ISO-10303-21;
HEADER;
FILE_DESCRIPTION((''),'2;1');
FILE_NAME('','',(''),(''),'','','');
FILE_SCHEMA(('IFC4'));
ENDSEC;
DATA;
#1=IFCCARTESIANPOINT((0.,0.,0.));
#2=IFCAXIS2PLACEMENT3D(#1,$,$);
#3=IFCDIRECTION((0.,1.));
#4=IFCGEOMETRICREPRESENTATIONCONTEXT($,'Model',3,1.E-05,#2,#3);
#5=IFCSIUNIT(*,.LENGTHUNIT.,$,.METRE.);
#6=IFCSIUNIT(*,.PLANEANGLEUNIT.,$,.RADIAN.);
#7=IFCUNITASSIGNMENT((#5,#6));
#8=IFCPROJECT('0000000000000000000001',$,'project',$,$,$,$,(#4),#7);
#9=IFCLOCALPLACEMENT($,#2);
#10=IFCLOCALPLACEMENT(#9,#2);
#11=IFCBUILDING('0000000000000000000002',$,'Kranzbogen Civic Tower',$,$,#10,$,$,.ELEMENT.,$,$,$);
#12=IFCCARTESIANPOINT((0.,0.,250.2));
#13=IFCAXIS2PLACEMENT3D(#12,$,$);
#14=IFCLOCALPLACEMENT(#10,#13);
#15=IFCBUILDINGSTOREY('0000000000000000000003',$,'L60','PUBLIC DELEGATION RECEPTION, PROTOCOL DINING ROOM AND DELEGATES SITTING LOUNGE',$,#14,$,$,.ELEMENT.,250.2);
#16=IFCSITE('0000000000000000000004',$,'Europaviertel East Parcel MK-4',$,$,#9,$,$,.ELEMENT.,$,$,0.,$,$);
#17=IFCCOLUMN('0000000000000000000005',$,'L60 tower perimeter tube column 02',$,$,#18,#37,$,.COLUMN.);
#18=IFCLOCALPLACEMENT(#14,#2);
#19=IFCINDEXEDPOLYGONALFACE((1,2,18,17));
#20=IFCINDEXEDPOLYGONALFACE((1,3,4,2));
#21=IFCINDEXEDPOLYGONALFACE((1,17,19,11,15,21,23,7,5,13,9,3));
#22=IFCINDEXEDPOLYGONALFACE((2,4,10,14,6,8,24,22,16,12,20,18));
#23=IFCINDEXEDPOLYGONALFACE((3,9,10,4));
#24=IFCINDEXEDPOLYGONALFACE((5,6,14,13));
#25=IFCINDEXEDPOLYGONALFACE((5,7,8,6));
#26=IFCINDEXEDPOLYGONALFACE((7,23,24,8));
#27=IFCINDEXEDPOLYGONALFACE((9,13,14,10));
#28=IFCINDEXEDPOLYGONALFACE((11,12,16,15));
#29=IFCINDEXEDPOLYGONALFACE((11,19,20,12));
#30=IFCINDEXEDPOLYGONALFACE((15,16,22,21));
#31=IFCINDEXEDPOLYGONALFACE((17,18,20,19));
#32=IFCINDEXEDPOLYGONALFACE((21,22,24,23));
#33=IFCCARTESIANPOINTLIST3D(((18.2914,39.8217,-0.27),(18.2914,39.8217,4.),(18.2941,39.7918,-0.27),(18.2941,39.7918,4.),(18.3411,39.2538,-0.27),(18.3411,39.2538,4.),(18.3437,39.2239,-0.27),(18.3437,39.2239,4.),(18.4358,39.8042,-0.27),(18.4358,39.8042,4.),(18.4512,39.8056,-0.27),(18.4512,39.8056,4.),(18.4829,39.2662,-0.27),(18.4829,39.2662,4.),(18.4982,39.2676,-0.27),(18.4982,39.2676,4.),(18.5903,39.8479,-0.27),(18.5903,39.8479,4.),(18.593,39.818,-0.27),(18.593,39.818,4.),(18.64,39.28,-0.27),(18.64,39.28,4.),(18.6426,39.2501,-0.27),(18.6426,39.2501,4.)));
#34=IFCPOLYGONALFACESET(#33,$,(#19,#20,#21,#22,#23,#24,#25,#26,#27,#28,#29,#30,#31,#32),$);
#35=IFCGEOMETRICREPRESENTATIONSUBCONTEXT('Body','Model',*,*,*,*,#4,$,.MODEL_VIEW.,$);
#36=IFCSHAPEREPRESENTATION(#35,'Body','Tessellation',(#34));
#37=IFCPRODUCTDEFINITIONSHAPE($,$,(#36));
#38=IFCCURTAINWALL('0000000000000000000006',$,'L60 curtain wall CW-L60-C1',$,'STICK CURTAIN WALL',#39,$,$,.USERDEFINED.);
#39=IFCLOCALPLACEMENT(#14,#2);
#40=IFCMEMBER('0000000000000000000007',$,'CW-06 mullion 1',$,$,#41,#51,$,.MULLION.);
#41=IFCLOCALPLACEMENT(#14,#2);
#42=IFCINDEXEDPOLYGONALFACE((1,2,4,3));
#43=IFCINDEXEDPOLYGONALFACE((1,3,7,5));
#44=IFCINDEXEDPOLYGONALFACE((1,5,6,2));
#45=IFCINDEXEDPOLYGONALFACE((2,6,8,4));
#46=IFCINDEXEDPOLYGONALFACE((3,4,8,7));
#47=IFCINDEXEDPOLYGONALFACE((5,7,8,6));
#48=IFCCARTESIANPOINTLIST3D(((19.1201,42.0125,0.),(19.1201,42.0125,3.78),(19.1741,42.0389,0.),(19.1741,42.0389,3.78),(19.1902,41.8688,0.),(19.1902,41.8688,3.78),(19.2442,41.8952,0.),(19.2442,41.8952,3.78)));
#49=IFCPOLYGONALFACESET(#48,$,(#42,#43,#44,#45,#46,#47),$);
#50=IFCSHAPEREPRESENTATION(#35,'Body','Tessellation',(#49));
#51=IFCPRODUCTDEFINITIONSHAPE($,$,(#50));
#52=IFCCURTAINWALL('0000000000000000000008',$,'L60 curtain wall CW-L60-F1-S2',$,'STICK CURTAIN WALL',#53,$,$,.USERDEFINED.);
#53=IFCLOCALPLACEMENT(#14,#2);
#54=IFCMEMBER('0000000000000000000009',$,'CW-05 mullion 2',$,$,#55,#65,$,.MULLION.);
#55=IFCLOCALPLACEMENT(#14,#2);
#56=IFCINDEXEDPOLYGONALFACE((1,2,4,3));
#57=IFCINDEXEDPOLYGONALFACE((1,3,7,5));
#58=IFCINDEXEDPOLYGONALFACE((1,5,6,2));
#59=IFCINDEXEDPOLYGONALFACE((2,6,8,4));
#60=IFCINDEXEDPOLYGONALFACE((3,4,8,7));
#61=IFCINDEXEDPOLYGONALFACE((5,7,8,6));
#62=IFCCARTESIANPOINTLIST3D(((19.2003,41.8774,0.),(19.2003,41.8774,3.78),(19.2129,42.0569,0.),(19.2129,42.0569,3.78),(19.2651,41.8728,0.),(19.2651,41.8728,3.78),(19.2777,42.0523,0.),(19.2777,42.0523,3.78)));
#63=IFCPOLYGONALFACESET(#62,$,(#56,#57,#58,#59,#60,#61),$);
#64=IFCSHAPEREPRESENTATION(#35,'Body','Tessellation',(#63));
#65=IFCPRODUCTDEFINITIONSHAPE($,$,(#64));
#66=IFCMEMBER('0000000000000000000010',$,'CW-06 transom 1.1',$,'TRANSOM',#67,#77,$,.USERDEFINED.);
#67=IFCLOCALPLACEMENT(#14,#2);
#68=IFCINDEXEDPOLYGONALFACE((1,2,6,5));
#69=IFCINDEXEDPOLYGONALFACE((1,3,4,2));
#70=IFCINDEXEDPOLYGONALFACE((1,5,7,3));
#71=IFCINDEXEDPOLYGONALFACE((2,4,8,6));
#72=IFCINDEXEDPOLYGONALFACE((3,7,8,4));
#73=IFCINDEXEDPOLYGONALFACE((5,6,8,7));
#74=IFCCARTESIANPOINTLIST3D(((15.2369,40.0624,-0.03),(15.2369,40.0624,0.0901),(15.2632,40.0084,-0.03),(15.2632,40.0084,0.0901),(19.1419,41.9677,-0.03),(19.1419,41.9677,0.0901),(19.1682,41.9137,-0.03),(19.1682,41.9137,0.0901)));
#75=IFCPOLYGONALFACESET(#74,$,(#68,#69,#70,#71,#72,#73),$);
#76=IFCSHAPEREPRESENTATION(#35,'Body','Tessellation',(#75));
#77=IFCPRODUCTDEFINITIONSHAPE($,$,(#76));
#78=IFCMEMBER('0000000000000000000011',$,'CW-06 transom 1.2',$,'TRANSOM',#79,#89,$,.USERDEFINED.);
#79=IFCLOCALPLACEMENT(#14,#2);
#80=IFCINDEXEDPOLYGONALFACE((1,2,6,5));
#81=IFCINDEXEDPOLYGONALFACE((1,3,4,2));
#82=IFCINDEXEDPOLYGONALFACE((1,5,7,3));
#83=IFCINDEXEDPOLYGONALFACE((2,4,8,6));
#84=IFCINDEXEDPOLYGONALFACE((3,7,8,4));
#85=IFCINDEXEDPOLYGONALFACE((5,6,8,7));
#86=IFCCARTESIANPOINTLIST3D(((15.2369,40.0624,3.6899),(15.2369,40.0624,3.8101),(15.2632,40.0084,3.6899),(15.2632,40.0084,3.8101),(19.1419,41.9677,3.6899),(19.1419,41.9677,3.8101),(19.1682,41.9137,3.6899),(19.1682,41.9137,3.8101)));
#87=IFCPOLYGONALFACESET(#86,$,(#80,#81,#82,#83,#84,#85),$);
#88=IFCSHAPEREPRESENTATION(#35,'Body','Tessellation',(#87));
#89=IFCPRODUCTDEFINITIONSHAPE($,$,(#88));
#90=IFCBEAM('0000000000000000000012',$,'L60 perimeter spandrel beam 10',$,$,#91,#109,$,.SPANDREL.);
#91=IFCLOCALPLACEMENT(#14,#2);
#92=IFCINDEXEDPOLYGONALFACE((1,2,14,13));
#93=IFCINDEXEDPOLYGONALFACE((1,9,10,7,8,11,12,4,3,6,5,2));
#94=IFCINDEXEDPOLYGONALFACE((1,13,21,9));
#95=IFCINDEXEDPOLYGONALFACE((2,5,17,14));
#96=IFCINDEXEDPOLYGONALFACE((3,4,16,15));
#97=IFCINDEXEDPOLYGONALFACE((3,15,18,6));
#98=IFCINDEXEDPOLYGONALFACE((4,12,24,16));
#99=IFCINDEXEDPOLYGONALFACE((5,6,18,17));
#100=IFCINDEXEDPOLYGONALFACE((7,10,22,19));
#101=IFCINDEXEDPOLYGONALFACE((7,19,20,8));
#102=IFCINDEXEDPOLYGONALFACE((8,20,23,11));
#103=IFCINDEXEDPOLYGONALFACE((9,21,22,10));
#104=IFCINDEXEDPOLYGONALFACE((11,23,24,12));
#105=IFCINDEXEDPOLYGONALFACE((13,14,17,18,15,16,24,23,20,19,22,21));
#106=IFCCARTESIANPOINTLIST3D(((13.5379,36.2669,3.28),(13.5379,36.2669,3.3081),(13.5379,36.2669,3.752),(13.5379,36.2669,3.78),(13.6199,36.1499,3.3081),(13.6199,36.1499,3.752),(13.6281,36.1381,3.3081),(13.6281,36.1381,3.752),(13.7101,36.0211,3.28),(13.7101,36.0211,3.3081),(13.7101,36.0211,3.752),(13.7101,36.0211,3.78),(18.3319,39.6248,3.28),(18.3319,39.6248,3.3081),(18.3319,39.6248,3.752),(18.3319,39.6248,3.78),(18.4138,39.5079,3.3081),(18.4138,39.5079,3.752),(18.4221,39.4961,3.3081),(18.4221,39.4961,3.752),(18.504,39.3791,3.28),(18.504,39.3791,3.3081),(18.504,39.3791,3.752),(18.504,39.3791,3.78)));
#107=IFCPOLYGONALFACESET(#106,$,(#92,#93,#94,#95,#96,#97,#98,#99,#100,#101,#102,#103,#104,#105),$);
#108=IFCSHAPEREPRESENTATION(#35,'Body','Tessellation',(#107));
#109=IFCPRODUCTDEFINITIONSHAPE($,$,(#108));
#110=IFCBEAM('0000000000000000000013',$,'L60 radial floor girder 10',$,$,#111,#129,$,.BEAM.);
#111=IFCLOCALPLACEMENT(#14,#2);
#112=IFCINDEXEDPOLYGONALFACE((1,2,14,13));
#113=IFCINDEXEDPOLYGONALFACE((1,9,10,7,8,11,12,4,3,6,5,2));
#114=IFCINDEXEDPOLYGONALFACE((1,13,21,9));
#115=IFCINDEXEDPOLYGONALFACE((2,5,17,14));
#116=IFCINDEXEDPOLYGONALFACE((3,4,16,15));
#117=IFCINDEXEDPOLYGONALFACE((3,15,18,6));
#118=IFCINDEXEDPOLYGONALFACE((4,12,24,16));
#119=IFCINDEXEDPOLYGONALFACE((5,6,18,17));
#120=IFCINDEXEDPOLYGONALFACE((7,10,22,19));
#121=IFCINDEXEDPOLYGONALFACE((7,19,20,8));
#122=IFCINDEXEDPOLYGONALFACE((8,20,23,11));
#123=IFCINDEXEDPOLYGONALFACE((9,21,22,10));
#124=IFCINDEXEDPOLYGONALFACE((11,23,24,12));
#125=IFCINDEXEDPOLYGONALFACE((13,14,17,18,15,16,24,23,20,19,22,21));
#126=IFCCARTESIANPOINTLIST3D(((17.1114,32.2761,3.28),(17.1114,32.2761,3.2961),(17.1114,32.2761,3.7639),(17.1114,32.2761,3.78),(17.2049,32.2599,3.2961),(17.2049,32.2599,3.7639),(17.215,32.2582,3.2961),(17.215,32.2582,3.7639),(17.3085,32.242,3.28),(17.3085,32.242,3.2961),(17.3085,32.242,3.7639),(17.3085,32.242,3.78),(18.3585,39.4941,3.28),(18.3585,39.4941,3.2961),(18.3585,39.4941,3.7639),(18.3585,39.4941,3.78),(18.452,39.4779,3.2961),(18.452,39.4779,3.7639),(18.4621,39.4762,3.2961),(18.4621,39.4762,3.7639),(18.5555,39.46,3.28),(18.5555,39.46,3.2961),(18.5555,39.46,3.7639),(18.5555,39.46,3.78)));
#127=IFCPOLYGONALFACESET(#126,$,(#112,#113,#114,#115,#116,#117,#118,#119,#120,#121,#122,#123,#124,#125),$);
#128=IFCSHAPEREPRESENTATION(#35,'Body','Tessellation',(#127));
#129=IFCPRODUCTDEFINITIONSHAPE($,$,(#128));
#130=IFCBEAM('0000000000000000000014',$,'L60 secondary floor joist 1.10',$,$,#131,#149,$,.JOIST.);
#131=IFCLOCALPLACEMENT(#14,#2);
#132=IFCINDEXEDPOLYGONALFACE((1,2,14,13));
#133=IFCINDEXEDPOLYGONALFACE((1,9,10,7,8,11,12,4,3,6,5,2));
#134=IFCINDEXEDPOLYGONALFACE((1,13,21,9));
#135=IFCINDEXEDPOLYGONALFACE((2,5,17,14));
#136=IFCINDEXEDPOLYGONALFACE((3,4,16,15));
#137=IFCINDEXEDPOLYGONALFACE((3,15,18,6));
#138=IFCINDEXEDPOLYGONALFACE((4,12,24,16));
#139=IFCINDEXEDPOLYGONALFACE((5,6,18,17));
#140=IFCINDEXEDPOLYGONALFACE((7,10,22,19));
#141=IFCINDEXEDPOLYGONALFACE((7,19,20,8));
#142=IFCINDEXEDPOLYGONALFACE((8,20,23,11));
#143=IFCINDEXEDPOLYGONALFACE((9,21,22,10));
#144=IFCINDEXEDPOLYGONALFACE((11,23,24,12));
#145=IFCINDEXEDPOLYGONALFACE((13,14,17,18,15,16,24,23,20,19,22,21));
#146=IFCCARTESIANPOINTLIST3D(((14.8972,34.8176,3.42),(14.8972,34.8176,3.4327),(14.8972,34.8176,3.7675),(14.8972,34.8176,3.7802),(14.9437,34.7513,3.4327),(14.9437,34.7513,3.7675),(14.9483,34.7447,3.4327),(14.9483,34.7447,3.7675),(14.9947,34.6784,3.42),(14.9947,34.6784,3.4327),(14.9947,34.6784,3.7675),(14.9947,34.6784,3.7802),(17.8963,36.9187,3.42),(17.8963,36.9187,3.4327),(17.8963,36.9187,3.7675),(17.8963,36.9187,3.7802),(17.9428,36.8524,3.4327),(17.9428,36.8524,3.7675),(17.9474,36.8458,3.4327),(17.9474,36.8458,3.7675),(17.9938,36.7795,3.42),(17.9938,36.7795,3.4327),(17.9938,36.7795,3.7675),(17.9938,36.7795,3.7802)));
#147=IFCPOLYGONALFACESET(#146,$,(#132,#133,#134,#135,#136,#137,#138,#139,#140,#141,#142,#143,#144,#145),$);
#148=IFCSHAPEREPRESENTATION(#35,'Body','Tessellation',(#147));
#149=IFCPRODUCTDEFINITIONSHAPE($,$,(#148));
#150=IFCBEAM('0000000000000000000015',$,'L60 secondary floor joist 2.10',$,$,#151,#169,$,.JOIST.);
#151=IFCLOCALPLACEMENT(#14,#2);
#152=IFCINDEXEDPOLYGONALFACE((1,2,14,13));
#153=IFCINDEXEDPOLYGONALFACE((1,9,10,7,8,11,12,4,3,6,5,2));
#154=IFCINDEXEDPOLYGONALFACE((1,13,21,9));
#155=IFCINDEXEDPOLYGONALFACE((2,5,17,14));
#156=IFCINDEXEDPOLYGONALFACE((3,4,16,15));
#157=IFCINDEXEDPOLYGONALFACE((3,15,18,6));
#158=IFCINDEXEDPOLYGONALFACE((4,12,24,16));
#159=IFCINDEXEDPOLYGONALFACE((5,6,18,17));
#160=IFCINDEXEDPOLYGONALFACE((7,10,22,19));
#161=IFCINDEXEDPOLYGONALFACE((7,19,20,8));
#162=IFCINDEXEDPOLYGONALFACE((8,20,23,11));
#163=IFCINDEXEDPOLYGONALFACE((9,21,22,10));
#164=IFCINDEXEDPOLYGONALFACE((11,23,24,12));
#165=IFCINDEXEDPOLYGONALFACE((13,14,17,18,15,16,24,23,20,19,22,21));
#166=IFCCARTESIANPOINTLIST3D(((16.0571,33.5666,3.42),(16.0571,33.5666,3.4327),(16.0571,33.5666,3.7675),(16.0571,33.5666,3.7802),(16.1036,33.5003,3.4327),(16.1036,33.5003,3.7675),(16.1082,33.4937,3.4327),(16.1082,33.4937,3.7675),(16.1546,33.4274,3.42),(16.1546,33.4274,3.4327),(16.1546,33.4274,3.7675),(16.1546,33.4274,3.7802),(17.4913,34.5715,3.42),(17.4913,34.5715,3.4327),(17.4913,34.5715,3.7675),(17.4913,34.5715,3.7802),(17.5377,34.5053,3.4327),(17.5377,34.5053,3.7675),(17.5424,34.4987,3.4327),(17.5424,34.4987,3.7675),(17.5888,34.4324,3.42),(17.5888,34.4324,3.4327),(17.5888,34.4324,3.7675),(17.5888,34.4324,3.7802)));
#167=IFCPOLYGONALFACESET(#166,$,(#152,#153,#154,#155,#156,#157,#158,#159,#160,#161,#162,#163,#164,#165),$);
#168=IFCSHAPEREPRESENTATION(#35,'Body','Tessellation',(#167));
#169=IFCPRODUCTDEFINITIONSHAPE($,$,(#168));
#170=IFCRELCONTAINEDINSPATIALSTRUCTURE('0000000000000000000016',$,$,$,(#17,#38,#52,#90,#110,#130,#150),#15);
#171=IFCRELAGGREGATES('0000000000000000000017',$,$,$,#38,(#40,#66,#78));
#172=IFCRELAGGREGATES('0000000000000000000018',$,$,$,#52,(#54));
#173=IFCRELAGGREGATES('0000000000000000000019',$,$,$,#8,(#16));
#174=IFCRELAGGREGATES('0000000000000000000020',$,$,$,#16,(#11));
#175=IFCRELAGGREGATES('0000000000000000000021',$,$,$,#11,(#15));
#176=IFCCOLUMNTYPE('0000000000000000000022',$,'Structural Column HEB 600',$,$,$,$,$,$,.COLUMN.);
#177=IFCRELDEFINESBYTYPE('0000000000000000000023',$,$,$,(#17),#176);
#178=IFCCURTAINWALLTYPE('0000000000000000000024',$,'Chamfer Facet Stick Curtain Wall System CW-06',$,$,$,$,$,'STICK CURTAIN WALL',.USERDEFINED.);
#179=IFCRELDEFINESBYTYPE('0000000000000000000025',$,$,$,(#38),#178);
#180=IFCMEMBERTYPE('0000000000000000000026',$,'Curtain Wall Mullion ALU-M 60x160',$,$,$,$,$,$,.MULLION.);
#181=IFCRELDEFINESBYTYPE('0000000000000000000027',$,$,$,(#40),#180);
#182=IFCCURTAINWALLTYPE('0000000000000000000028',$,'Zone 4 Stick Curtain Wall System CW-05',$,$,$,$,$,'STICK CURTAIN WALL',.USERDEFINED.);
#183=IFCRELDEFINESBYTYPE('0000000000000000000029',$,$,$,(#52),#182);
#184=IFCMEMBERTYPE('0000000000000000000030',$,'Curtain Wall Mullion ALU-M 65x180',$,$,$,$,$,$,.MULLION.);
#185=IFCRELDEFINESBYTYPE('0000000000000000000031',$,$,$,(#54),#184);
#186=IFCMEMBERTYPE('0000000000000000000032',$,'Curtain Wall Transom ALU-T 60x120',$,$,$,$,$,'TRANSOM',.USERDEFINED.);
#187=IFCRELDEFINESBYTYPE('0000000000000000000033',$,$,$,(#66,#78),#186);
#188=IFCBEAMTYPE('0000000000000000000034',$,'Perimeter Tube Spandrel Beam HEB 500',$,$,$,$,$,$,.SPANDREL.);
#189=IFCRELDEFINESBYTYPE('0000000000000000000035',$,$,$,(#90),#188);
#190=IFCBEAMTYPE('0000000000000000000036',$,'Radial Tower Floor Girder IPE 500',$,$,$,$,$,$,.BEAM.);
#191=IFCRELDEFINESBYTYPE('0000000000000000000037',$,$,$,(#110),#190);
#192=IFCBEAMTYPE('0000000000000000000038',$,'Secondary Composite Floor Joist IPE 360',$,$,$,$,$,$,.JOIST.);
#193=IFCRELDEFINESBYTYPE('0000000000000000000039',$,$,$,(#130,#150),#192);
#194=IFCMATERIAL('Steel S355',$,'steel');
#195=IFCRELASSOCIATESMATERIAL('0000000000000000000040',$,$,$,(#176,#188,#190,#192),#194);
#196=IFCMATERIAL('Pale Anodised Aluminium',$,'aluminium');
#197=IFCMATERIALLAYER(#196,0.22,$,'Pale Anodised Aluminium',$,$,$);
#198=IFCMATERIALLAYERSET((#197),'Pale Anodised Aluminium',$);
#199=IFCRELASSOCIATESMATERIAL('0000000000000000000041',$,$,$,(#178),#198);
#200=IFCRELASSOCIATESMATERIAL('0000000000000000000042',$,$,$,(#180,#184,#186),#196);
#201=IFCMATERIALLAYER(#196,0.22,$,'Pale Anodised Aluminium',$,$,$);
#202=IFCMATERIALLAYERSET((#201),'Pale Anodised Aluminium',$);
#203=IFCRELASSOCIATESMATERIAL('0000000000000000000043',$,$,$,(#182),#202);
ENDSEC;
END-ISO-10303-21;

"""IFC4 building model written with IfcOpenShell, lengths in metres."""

from ifc_helpers import new_model, si_unit, direction, frame, origin, origin_2d, place, context, subcontext, project, spatial, rectangle, i_section, extrude, material, layer, layer_set, material_profile, profile_set, type_object, element, aggregate, save


model = new_model("IFC4")

# Units and contexts
model_context = context("Model", 3, precision=1e-05, world=origin(), true_north=direction((0.0, 1.0)))
body_context = subcontext(model_context, "Body", "Model", "MODEL_VIEW")
ifc_project = project(units=[si_unit("LENGTHUNIT", "METRE"), si_unit("PLANEANGLEUNIT", "RADIAN")], contexts=[model_context])

# Site, building, storey
site_placement = place(None, origin())
site = spatial("IfcSite", under=ifc_project, at=site_placement, Name="Europaviertel East Parcel MK-4", CompositionType="ELEMENT", RefElevation=0.0)
building_placement = place(site_placement, origin())
building = spatial("IfcBuilding", under=site, at=building_placement, Name="Kranzbogen Civic Tower", CompositionType="ELEMENT")
storey_placement = place(building_placement, frame((0.0, 0.0, 250.2)))
storey = spatial("IfcBuildingStorey", under=building, at=storey_placement, Name="L60", Description="PUBLIC DELEGATION RECEPTION, PROTOCOL DINING ROOM AND DELEGATES SITTING LOUNGE", CompositionType="ELEMENT", Elevation=250.2)

# Column
ifc_material_1 = material(Name="Steel S355", Category="steel")
ifc_material_profile_1 = material_profile(ifc_material_1, i_section(OverallWidth=0.3, OverallDepth=0.6001, WebThickness=0.0154, FlangeThickness=0.03, at=origin_2d()), Name="HEB 600")
ifc_profile_set_1 = profile_set([ifc_material_profile_1], Name="Steel S355")
column_type = type_object("IfcColumnType", Name="Structural Column HEB 600", PredefinedType="COLUMN", material=ifc_profile_set_1)
column_placement = place(storey_placement, frame((18.467, 39.5359, -0.27), z_axis=(0.0, 0.0, 1.0), x_axis=(0.996195, 0.087156, 0.0)))
element("IfcColumn", 1, at=column_placement, inside=storey, type_object=column_type, Name="L60 tower perimeter tube column 02", PredefinedType="COLUMN", context=body_context, shape_type="SweptSolid", body=[
    extrude(i_section(OverallWidth=0.3, OverallDepth=0.6001, WebThickness=0.0154, FlangeThickness=0.03, at=origin_2d()), origin(), (0.0, 0.0, 1.0), 4.27),
])

# Curtain walls, members
ifc_material_2 = material(Name="Pale Anodised Aluminium", Category="aluminium")
ifc_layer_1 = layer(ifc_material_2, 0.22, Name="Pale Anodised Aluminium")
ifc_layer_set_1 = layer_set([ifc_layer_1], Name="Pale Anodised Aluminium")
curtain_wall_type_1 = type_object("IfcCurtainWallType", Name="Chamfer Facet Stick Curtain Wall System CW-06", ElementType="STICK CURTAIN WALL", PredefinedType="USERDEFINED", material=ifc_layer_set_1)
curtain_wall_1_placement = place(storey_placement, origin())
curtain_wall_1 = element("IfcCurtainWall", 2, at=curtain_wall_1_placement, inside=storey, type_object=curtain_wall_type_1, Name="L60 curtain wall CW-L60-C1", ObjectType="STICK CURTAIN WALL", PredefinedType="USERDEFINED")
ifc_material_profile_2 = material_profile(ifc_material_2, rectangle(XDim=0.0601, YDim=0.1599, at=origin_2d()), Name="ALU-M 60x160")
ifc_profile_set_2 = profile_set([ifc_material_profile_2], Name="Pale Anodised Aluminium")
member_type_1 = type_object("IfcMemberType", Name="Curtain Wall Mullion ALU-M 60x160", PredefinedType="MULLION", material=ifc_profile_set_2)
member_1_placement = place(storey_placement, frame((19.1821, 41.9539, 0.0), z_axis=(0.0, 0.0, 1.0), x_axis=(-0.89873, -0.438503, 0.0)))
member_1 = element("IfcMember", 3, at=member_1_placement, type_object=member_type_1, Name="CW-06 mullion 1", PredefinedType="MULLION", context=body_context, shape_type="SweptSolid", body=[
    extrude(rectangle(XDim=0.0601, YDim=0.1599, at=origin_2d()), origin(), (0.0, 0.0, 1.0), 3.78),
])
ifc_layer_2 = layer(ifc_material_2, 0.22, Name="Pale Anodised Aluminium")
ifc_layer_set_2 = layer_set([ifc_layer_2], Name="Pale Anodised Aluminium")
curtain_wall_type_2 = type_object("IfcCurtainWallType", Name="Zone 4 Stick Curtain Wall System CW-05", ElementType="STICK CURTAIN WALL", PredefinedType="USERDEFINED", material=ifc_layer_set_2)
curtain_wall_2_placement = place(storey_placement, origin())
curtain_wall_2 = element("IfcCurtainWall", 4, at=curtain_wall_2_placement, inside=storey, type_object=curtain_wall_type_2, Name="L60 curtain wall CW-L60-F1-S2", ObjectType="STICK CURTAIN WALL", PredefinedType="USERDEFINED")
ifc_material_profile_3 = material_profile(ifc_material_2, rectangle(XDim=0.0649, YDim=0.1799, at=origin_2d()), Name="ALU-M 65x180")
ifc_profile_set_3 = profile_set([ifc_material_profile_3], Name="Pale Anodised Aluminium")
member_type_2 = type_object("IfcMemberType", Name="Curtain Wall Mullion ALU-M 65x180", PredefinedType="MULLION", material=ifc_profile_set_3)
member_2_placement = place(storey_placement, frame((19.239, 41.9648, 0.0), z_axis=(0.0, 0.0, 1.0), x_axis=(-0.997562, 0.069779, 0.0)))
member_2 = element("IfcMember", 5, at=member_2_placement, type_object=member_type_2, Name="CW-05 mullion 2", PredefinedType="MULLION", context=body_context, shape_type="SweptSolid", body=[
    extrude(rectangle(XDim=0.0649, YDim=0.1799, at=origin_2d()), origin(), (0.0, 0.0, 1.0), 3.78),
])

# Members
ifc_material_profile_4 = material_profile(ifc_material_2, rectangle(XDim=0.0601, YDim=0.1201, at=origin_2d()), Name="ALU-T 60x120")
ifc_profile_set_4 = profile_set([ifc_material_profile_4], Name="Pale Anodised Aluminium")
member_type_3 = type_object("IfcMemberType", Name="Curtain Wall Transom ALU-T 60x120", ElementType="TRANSOM", PredefinedType="USERDEFINED", material=ifc_profile_set_4)
member_3_placement = place(storey_placement, frame((19.155, 41.9407, 0.03), z_axis=(-0.898734, -0.438494, 0.0), x_axis=(0.438494, -0.898734, 0.0)))
member_3 = element("IfcMember", 6, at=member_3_placement, type_object=member_type_3, Name="CW-06 transom 1.1", ObjectType="TRANSOM", PredefinedType="USERDEFINED", context=body_context, shape_type="SweptSolid", body=[
    extrude(rectangle(XDim=0.0601, YDim=0.1201, at=origin_2d()), origin(), (0.0, 0.0, 1.0), 4.345),
])
member_4_placement = place(storey_placement, frame((19.155, 41.9407, 3.75), z_axis=(-0.898734, -0.438494, 0.0), x_axis=(0.438494, -0.898734, 0.0)))
member_4 = element("IfcMember", 7, at=member_4_placement, type_object=member_type_3, Name="CW-06 transom 1.2", ObjectType="TRANSOM", PredefinedType="USERDEFINED", context=body_context, shape_type="SweptSolid", body=[
    extrude(rectangle(XDim=0.0601, YDim=0.1201, at=origin_2d()), origin(), (0.0, 0.0, 1.0), 4.345),
])
aggregate(curtain_wall_1, [member_1, member_3, member_4])

# Beams
ifc_material_profile_5 = material_profile(ifc_material_1, i_section(OverallWidth=0.3, OverallDepth=0.5, WebThickness=0.0144, FlangeThickness=0.0281, at=origin_2d()), Name="HEB 500")
ifc_profile_set_5 = profile_set([ifc_material_profile_5], Name="Steel S355")
beam_type_1 = type_object("IfcBeamType", Name="Perimeter Tube Spandrel Beam HEB 500", PredefinedType="SPANDREL", material=ifc_profile_set_5)
beam_1_placement = place(storey_placement, frame((18.418, 39.502, 3.53), z_axis=(-0.819059, -0.573709, 0.0), x_axis=(0.573709, -0.819059, 0.0)))
element("IfcBeam", 8, at=beam_1_placement, inside=storey, type_object=beam_type_1, Name="L60 perimeter spandrel beam 10", PredefinedType="SPANDREL", context=body_context, shape_type="SweptSolid", body=[
    extrude(i_section(OverallWidth=0.3, OverallDepth=0.5, WebThickness=0.0144, FlangeThickness=0.0281, at=origin_2d()), origin(), (0.0, 0.0, 1.0), 5.853),
])
ifc_material_profile_6 = material_profile(ifc_material_1, i_section(OverallWidth=0.2, OverallDepth=0.5, WebThickness=0.0103, FlangeThickness=0.0161, at=origin_2d()), Name="IPE 500")
ifc_profile_set_6 = profile_set([ifc_material_profile_6], Name="Steel S355")
beam_type_2 = type_object("IfcBeamType", Name="Radial Tower Floor Girder IPE 500", PredefinedType="BEAM", material=ifc_profile_set_6)
beam_2_placement = place(storey_placement, frame((18.457, 39.4771, 3.53), z_axis=(-0.17025, -0.985401, 0.0), x_axis=(0.985401, -0.17025, 0.0)))
element("IfcBeam", 9, at=beam_2_placement, inside=storey, type_object=beam_type_2, Name="L60 radial floor girder 10", PredefinedType="BEAM", context=body_context, shape_type="SweptSolid", body=[
    extrude(i_section(OverallWidth=0.2, OverallDepth=0.5, WebThickness=0.0103, FlangeThickness=0.0161, at=origin_2d()), origin(), (0.0, 0.0, 1.0), 7.325),
])
ifc_material_profile_7 = material_profile(ifc_material_1, i_section(OverallWidth=0.1699, OverallDepth=0.3601, WebThickness=0.0081, FlangeThickness=0.0127, at=origin_2d()), Name="IPE 360")
ifc_profile_set_7 = profile_set([ifc_material_profile_7], Name="Steel S355")
beam_type_3 = type_object("IfcBeamType", Name="Secondary Composite Floor Joist IPE 360", PredefinedType="JOIST", material=ifc_profile_set_7)
beam_3_placement = place(storey_placement, frame((17.9451, 36.8491, 3.6001), z_axis=(-0.819006, -0.573784, 0.0), x_axis=(0.573784, -0.819006, 0.0)))
element("IfcBeam", 10, at=beam_3_placement, inside=storey, type_object=beam_type_3, Name="L60 secondary floor joist 1.10", PredefinedType="JOIST", context=body_context, shape_type="SweptSolid", body=[
    extrude(i_section(OverallWidth=0.1699, OverallDepth=0.3601, WebThickness=0.0081, FlangeThickness=0.0127, at=origin_2d()), origin(), (0.0, 0.0, 1.0), 3.6619),
])
beam_4_placement = place(storey_placement, frame((17.54, 34.502, 3.6001), z_axis=(-0.818957, -0.573855, 0.0), x_axis=(0.573855, -0.818957, 0.0)))
element("IfcBeam", 11, at=beam_4_placement, inside=storey, type_object=beam_type_3, Name="L60 secondary floor joist 2.10", PredefinedType="JOIST", context=body_context, shape_type="SweptSolid", body=[
    extrude(i_section(OverallWidth=0.1699, OverallDepth=0.3601, WebThickness=0.0081, FlangeThickness=0.0127, at=origin_2d()), origin(), (0.0, 0.0, 1.0), 1.7512),
])

aggregate(curtain_wall_2, [member_2])

save(model, "model.ifc")
